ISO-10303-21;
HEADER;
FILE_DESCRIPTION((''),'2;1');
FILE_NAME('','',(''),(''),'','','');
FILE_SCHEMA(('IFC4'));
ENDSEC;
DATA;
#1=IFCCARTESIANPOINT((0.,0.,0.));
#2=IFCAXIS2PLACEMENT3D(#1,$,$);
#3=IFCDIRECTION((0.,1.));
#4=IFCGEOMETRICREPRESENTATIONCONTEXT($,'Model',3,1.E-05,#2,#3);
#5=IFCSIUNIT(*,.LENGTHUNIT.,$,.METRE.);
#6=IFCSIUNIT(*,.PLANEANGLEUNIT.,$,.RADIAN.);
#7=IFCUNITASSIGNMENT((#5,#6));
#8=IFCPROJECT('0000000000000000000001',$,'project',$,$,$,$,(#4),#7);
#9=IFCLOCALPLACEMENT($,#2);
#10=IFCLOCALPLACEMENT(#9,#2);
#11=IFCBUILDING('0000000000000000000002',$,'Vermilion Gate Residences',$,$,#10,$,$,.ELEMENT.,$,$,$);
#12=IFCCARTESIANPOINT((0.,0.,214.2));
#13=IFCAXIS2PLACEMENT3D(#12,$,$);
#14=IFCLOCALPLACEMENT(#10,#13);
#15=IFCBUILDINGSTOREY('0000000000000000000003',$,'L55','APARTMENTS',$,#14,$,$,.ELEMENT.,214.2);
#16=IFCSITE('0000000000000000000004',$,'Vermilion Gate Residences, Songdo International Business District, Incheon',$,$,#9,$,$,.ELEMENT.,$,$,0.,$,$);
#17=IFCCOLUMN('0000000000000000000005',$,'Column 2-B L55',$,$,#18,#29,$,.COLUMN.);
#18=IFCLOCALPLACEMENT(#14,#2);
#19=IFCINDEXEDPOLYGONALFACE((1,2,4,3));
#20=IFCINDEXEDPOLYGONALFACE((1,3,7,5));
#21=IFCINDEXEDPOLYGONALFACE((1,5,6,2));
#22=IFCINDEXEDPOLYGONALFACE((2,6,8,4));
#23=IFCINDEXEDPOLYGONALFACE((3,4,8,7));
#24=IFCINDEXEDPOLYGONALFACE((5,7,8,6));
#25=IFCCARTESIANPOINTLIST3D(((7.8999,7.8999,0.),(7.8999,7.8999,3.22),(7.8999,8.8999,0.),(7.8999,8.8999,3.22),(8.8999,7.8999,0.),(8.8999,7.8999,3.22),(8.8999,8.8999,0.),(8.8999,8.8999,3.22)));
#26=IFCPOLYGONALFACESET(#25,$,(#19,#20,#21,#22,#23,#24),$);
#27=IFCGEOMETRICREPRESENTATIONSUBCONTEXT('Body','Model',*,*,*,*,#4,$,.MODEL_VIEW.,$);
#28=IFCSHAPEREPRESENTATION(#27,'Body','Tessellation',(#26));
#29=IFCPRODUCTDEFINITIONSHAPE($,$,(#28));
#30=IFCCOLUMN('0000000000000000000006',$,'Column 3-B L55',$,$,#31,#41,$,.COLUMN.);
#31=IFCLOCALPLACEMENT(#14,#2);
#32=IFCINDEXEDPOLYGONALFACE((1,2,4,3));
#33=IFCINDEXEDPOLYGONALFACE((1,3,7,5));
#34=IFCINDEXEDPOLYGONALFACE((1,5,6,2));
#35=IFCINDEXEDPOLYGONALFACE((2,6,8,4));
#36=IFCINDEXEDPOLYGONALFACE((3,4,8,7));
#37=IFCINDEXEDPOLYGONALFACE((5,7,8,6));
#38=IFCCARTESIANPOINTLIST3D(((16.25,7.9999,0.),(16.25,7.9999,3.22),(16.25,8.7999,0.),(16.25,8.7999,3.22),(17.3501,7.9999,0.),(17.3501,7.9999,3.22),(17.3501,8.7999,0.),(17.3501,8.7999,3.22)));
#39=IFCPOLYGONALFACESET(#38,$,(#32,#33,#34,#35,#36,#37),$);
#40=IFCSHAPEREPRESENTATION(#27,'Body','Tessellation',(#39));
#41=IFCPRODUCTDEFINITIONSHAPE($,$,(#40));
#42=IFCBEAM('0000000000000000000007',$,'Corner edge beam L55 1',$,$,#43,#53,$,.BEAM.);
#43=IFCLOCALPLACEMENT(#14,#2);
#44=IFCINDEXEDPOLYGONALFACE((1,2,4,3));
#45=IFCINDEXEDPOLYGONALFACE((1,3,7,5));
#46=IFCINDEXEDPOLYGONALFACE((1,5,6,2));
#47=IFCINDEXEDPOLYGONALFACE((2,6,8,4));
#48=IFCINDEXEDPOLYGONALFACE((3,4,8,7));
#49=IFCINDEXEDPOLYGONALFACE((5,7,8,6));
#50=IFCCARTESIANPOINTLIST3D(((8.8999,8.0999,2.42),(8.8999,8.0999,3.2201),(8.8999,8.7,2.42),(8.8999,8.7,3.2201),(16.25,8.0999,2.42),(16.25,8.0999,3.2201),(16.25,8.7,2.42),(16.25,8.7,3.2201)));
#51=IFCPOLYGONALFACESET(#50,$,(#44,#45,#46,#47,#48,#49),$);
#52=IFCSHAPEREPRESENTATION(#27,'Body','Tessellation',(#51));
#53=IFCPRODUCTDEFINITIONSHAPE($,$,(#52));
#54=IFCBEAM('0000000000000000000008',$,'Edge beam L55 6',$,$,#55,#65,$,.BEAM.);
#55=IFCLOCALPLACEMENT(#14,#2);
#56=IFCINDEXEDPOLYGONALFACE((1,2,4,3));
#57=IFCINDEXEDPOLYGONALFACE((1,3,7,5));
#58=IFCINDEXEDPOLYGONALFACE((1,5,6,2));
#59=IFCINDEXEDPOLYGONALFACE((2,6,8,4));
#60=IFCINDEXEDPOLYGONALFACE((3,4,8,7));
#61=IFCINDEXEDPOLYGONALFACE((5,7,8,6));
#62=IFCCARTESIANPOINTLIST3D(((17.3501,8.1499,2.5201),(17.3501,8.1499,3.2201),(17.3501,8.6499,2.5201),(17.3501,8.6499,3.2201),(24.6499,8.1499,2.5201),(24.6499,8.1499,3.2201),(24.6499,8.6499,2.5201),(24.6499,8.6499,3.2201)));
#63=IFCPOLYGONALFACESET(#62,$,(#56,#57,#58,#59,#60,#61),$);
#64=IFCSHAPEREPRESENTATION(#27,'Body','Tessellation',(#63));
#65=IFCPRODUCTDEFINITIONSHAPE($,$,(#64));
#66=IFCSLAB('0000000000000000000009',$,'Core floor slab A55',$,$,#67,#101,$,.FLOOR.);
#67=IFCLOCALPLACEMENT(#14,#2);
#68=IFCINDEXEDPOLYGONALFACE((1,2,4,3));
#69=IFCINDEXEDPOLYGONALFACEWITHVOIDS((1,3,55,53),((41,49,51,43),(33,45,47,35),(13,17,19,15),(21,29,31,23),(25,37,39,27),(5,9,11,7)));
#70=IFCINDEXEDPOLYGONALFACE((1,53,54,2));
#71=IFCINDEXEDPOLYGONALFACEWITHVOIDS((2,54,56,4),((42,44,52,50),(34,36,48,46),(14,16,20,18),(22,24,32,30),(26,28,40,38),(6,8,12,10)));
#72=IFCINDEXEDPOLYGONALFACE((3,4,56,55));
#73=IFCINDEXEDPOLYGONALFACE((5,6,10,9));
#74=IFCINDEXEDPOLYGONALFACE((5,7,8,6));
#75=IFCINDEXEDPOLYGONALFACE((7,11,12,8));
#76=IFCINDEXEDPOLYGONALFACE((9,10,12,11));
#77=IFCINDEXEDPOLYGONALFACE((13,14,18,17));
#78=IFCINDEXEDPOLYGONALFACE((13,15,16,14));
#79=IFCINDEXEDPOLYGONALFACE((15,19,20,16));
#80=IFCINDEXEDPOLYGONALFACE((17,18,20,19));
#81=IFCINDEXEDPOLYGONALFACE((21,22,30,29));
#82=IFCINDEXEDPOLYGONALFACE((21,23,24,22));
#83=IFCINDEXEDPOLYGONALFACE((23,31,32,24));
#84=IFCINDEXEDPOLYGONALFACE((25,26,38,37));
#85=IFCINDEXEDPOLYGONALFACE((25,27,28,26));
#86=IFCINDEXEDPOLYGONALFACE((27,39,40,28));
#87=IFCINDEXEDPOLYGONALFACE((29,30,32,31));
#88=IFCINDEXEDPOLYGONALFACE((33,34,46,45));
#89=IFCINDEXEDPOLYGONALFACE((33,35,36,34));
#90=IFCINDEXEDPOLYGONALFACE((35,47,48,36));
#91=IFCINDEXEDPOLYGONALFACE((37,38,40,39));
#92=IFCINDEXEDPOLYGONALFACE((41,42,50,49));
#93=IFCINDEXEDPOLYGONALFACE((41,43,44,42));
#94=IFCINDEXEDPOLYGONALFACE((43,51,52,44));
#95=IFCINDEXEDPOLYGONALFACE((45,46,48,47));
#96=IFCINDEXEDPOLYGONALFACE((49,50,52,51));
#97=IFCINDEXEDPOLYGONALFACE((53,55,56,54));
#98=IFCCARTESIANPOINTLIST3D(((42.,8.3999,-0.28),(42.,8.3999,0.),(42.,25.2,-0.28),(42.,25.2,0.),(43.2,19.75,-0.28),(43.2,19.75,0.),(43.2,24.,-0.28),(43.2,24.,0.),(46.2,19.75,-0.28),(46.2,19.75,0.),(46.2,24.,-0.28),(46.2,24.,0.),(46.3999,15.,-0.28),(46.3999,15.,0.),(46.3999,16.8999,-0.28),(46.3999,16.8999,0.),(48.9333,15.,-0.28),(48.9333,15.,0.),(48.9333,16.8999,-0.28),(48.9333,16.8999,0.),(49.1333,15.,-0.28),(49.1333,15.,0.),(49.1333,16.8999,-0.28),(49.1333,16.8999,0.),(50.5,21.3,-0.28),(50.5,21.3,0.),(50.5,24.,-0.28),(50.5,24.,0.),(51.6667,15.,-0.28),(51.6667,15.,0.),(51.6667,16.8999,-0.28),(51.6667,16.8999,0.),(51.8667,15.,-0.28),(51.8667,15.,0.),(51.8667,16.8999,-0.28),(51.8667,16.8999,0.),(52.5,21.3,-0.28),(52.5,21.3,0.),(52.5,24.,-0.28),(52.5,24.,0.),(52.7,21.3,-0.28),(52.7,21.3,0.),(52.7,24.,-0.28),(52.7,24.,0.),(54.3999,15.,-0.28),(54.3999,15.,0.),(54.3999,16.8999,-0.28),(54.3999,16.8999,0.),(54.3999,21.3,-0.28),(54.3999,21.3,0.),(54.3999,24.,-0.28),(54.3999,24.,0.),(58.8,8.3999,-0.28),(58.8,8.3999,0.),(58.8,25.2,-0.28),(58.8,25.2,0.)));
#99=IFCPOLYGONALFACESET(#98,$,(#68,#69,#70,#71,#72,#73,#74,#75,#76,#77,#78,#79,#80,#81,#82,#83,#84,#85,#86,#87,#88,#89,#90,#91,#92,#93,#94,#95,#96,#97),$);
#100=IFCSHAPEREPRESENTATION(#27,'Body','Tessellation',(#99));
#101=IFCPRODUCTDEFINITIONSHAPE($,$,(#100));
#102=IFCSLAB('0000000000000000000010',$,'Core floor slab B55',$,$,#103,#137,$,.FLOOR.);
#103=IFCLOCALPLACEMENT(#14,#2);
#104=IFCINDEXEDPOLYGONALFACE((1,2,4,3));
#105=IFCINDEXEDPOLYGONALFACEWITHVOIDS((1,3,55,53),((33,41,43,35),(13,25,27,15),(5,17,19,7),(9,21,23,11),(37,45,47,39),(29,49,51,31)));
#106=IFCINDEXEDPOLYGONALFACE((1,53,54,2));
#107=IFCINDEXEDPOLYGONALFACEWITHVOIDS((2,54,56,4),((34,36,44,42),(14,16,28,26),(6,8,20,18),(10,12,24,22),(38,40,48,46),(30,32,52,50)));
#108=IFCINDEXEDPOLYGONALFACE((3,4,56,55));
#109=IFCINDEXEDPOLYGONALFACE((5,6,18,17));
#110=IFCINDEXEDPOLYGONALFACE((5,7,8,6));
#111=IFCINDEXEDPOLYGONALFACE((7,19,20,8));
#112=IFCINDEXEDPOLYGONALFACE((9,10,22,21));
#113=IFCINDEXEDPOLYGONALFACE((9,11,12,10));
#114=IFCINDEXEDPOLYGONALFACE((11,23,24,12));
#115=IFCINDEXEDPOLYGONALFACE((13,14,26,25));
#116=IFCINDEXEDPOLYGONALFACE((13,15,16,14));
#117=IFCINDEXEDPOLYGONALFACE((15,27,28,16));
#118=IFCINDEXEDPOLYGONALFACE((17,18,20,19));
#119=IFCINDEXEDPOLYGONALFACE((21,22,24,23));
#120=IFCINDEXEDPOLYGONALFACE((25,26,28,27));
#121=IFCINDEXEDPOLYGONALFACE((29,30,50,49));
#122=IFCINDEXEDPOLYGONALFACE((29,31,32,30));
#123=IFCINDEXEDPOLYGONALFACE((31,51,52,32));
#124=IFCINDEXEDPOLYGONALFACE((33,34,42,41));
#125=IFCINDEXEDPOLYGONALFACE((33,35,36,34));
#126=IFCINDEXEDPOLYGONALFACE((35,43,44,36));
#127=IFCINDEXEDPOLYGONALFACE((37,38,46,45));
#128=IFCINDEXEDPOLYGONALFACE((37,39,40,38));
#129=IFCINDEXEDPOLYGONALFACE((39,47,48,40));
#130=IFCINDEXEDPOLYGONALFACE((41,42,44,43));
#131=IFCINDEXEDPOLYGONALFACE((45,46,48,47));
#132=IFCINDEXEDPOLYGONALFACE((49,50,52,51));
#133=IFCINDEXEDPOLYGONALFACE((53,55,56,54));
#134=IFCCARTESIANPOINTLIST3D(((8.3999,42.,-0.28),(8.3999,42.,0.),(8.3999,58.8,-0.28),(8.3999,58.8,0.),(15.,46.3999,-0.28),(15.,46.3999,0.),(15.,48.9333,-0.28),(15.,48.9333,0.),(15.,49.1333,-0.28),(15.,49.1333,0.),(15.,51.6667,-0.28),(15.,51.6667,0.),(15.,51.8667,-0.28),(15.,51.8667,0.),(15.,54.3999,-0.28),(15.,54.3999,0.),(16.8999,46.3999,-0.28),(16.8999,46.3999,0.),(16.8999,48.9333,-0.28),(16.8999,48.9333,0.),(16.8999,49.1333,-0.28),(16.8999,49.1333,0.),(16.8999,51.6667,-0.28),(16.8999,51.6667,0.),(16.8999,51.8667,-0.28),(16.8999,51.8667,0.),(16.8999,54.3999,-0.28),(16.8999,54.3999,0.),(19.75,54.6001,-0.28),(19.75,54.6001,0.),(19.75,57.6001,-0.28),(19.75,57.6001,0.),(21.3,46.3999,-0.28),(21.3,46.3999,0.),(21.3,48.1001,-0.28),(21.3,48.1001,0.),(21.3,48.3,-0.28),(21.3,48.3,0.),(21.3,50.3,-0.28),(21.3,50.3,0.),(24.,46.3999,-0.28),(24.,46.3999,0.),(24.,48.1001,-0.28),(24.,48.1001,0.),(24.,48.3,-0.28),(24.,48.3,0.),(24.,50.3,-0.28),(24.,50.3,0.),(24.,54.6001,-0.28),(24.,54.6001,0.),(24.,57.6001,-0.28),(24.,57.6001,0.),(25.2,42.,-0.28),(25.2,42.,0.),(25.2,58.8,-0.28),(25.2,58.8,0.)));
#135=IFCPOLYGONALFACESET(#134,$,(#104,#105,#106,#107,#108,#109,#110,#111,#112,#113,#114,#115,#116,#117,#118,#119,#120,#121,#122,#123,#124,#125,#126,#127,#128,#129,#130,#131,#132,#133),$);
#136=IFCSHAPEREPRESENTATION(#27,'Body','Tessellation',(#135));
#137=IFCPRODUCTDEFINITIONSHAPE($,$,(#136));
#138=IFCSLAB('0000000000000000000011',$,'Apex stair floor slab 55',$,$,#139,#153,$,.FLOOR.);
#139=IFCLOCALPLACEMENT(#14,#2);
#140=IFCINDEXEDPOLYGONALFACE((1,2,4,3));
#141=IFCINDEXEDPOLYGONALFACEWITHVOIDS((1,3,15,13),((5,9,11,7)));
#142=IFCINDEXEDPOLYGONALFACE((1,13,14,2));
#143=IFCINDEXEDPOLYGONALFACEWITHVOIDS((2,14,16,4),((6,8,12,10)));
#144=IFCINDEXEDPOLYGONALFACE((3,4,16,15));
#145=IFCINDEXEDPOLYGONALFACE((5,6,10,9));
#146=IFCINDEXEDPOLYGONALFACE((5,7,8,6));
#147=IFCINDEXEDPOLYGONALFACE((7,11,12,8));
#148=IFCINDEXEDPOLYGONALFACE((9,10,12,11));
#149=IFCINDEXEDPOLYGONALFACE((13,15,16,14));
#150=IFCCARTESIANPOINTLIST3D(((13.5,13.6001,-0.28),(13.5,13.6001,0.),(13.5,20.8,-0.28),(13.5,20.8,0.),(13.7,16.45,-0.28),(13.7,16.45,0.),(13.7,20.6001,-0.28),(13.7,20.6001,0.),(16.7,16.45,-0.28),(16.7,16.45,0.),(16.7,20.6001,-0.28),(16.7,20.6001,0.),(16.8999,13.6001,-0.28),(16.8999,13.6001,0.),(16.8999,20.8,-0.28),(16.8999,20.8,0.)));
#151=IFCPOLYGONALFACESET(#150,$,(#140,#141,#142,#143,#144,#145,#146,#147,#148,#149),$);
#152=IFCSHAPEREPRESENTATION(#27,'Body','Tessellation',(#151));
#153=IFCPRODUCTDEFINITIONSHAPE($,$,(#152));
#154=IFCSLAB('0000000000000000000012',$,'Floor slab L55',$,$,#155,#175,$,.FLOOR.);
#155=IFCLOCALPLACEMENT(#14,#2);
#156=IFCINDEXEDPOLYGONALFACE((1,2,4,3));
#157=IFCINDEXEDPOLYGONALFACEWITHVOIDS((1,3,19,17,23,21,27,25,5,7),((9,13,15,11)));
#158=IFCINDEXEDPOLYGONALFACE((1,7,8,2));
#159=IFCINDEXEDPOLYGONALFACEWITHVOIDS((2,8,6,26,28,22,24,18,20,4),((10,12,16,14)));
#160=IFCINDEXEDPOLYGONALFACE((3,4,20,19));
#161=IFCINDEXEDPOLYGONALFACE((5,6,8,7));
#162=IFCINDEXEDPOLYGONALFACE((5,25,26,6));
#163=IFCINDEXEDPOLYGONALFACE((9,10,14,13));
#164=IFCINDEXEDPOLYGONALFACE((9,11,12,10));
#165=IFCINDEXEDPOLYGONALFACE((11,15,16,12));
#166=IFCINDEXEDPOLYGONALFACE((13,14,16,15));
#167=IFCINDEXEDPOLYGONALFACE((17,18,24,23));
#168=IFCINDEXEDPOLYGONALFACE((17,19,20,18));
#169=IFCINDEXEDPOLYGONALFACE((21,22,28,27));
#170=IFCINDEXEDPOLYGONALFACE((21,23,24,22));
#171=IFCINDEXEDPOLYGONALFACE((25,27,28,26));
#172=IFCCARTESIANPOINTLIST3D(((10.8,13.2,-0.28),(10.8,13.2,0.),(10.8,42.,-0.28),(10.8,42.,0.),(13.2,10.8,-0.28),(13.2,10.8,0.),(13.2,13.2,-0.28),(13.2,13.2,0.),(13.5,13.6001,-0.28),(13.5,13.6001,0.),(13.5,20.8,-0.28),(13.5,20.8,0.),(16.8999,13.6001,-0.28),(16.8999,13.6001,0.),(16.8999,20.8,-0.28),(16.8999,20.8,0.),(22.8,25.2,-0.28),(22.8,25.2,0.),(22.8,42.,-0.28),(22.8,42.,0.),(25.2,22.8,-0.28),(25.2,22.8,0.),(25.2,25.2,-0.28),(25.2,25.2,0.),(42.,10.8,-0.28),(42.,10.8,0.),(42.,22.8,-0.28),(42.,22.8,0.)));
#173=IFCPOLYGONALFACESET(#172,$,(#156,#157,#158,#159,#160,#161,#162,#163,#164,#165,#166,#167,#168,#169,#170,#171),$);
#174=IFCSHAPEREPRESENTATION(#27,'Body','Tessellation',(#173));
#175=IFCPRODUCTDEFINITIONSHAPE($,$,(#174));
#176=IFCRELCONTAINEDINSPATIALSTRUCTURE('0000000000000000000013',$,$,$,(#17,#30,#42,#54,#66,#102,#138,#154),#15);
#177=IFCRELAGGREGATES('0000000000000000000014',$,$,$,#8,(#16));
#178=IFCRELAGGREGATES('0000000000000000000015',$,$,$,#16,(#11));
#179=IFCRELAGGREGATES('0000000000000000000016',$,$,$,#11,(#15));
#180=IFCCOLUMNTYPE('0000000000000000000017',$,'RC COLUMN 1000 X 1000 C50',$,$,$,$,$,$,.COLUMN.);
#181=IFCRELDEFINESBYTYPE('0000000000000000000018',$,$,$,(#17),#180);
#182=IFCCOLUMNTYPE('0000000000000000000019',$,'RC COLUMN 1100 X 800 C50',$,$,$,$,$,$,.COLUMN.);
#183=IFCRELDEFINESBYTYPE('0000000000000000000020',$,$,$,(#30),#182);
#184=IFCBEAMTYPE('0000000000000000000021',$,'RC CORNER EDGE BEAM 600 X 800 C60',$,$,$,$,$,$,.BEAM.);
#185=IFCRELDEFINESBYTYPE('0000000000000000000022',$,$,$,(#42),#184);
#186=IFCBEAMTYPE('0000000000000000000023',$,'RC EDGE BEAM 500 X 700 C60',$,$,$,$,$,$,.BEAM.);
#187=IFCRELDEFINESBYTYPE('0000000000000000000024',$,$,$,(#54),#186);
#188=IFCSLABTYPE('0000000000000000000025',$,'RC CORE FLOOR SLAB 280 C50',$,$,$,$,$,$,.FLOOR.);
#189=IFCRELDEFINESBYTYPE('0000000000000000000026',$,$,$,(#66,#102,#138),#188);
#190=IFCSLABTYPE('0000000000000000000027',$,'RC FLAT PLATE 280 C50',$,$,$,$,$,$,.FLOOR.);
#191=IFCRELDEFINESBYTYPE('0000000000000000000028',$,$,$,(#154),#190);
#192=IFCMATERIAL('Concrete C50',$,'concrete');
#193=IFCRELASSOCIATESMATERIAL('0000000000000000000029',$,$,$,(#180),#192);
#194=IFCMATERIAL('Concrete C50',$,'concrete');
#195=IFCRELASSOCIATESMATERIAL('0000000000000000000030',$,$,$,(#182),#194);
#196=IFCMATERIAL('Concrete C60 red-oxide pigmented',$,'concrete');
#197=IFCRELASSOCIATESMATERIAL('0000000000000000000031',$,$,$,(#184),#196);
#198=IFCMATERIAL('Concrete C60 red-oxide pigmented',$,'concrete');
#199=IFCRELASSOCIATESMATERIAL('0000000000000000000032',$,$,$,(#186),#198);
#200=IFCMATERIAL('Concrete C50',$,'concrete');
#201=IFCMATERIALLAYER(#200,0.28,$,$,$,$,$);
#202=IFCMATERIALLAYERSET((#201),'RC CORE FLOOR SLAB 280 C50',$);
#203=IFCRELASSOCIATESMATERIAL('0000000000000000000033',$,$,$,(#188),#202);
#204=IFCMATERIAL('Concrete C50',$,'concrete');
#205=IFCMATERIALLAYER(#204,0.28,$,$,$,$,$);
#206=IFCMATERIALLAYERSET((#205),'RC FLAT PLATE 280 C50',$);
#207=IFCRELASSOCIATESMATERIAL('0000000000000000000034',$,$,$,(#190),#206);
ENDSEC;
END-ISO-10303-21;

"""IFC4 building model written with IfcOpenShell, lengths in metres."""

from ifc_helpers import new_model, si_unit, direction, frame, origin, origin_2d, place, context, subcontext, project, spatial, polyline, rectangle, outline, extrude, material, layer, layer_set, material_profile, profile_set, type_object, element, save


model = new_model("IFC4")

# Units and contexts
model_context = context("Model", 3, precision=1e-05, world=origin(), true_north=direction((0.0, 1.0)))
body_context = subcontext(model_context, "Body", "Model", "MODEL_VIEW")
ifc_project = project(units=[si_unit("LENGTHUNIT", "METRE"), si_unit("PLANEANGLEUNIT", "RADIAN")], contexts=[model_context])

# Site, building, storey
site_placement = place(None, origin())
site = spatial("IfcSite", under=ifc_project, at=site_placement, Name="Vermilion Gate Residences, Songdo International Business District, Incheon", CompositionType="ELEMENT", RefElevation=0.0)
building_placement = place(site_placement, origin())
building = spatial("IfcBuilding", under=site, at=building_placement, Name="Vermilion Gate Residences", CompositionType="ELEMENT")
storey_placement = place(building_placement, frame((0.0, 0.0, 214.2)))
storey = spatial("IfcBuildingStorey", under=building, at=storey_placement, Name="L55", Description="APARTMENTS", CompositionType="ELEMENT", Elevation=214.2)

# Columns
ifc_material_1 = material(Name="Concrete C50", Category="concrete")
ifc_material_profile_1 = material_profile(ifc_material_1, rectangle(XDim=1.0, YDim=1.0, at=origin_2d()), Name="RC-1000x1000")
ifc_profile_set_1 = profile_set([ifc_material_profile_1], Name="Concrete C50")
column_type_1 = type_object("IfcColumnType", Name="RC COLUMN 1000 X 1000 C50", PredefinedType="COLUMN", material=ifc_profile_set_1)
column_1_placement = place(storey_placement, frame((8.3999, 8.3999, 0.0), z_axis=(0.0, 0.0, 1.0), x_axis=(1.0, 0.0, 0.0)))
element("IfcColumn", 1, at=column_1_placement, inside=storey, type_object=column_type_1, Name="Column 2-B L55", PredefinedType="COLUMN", context=body_context, shape_type="SweptSolid", body=[
    extrude(rectangle(XDim=1.0, YDim=1.0, at=origin_2d()), origin(), (0.0, 0.0, 1.0), 3.22),
])
ifc_material_2 = material(Name="Concrete C50", Category="concrete")
ifc_material_profile_2 = material_profile(ifc_material_2, rectangle(XDim=1.1001, YDim=0.8, at=origin_2d()), Name="RC-1100x800")
ifc_profile_set_2 = profile_set([ifc_material_profile_2], Name="Concrete C50")
column_type_2 = type_object("IfcColumnType", Name="RC COLUMN 1100 X 800 C50", PredefinedType="COLUMN", material=ifc_profile_set_2)
column_2_placement = place(storey_placement, frame((16.8, 8.3999, 0.0), z_axis=(0.0, 0.0, 1.0), x_axis=(1.0, 0.0, 0.0)))
element("IfcColumn", 2, at=column_2_placement, inside=storey, type_object=column_type_2, Name="Column 3-B L55", PredefinedType="COLUMN", context=body_context, shape_type="SweptSolid", body=[
    extrude(rectangle(XDim=1.1001, YDim=0.8, at=origin_2d()), origin(), (0.0, 0.0, 1.0), 3.22),
])

# Beams
ifc_material_3 = material(Name="Concrete C60 red-oxide pigmented", Category="concrete")
ifc_material_profile_3 = material_profile(ifc_material_3, rectangle(XDim=0.6001, YDim=0.8, at=origin_2d()), Name="RC-600x800")
ifc_profile_set_3 = profile_set([ifc_material_profile_3], Name="Concrete C60 red-oxide pigmented")
beam_type_1 = type_object("IfcBeamType", Name="RC CORNER EDGE BEAM 600 X 800 C60", PredefinedType="BEAM", material=ifc_profile_set_3)
beam_1_placement = place(storey_placement, frame((8.8999, 8.3999, 2.8201), z_axis=(1.0, 0.0, 0.0), x_axis=(0.0, 1.0, 0.0)))
element("IfcBeam", 3, at=beam_1_placement, inside=storey, type_object=beam_type_1, Name="Corner edge beam L55 1", PredefinedType="BEAM", context=body_context, shape_type="SweptSolid", body=[
    extrude(rectangle(XDim=0.6001, YDim=0.8, at=origin_2d()), origin(), (0.0, 0.0, 1.0), 7.3501),
])
ifc_material_4 = material(Name="Concrete C60 red-oxide pigmented", Category="concrete")
ifc_material_profile_4 = material_profile(ifc_material_4, rectangle(XDim=0.5, YDim=0.7, at=origin_2d()), Name="RC-500x700")
ifc_profile_set_4 = profile_set([ifc_material_profile_4], Name="Concrete C60 red-oxide pigmented")
beam_type_2 = type_object("IfcBeamType", Name="RC EDGE BEAM 500 X 700 C60", PredefinedType="BEAM", material=ifc_profile_set_4)
beam_2_placement = place(storey_placement, frame((17.3501, 8.3999, 2.8701), z_axis=(1.0, 0.0, 0.0), x_axis=(0.0, 1.0, 0.0)))
element("IfcBeam", 4, at=beam_2_placement, inside=storey, type_object=beam_type_2, Name="Edge beam L55 6", PredefinedType="BEAM", context=body_context, shape_type="SweptSolid", body=[
    extrude(rectangle(XDim=0.5, YDim=0.7, at=origin_2d()), origin(), (0.0, 0.0, 1.0), 7.2998),
])

# Slabs
ifc_material_5 = material(Name="Concrete C50", Category="concrete")
ifc_layer_1 = layer(ifc_material_5, 0.28)
ifc_layer_set_1 = layer_set([ifc_layer_1], Name="RC CORE FLOOR SLAB 280 C50")
slab_type_1 = type_object("IfcSlabType", Name="RC CORE FLOOR SLAB 280 C50", PredefinedType="FLOOR", material=ifc_layer_set_1)
slab_1_placement = place(storey_placement, frame((0.0, 0.0, -0.28)))
element("IfcSlab", 5, at=slab_1_placement, inside=storey, type_object=slab_type_1, Name="Core floor slab A55", PredefinedType="FLOOR", context=body_context, shape_type="SweptSolid", body=[
    extrude(outline(polyline([(42.0, 8.3999), (58.8, 8.3999), (58.8, 25.2), (42.0, 25.2), (42.0, 8.3999)]), holes=[polyline([(46.3999, 15.0), (46.3999, 16.8999), (48.9333, 16.8999), (48.9333, 15.0), (46.3999, 15.0)]), polyline([(49.1333, 16.8999), (51.6667, 16.8999), (51.6667, 15.0), (49.1333, 15.0), (49.1333, 16.8999)]), polyline([(51.8667, 16.8999), (54.3999, 16.8999), (54.3999, 15.0), (51.8667, 15.0), (51.8667, 16.8999)]), polyline([(43.2, 19.75), (43.2, 24.0), (46.2, 24.0), (46.2, 19.75), (43.2, 19.75)]), polyline([(50.5, 24.0), (52.5, 24.0), (52.5, 21.3), (50.5, 21.3), (50.5, 24.0)]), polyline([(52.7, 24.0), (54.3999, 24.0), (54.3999, 21.3), (52.7, 21.3), (52.7, 24.0)])]), origin(), (0.0, 0.0, 1.0), 0.28),
])
slab_2_placement = place(storey_placement, frame((0.0, 0.0, -0.28)))
element("IfcSlab", 6, at=slab_2_placement, inside=storey, type_object=slab_type_1, Name="Core floor slab B55", PredefinedType="FLOOR", context=body_context, shape_type="SweptSolid", body=[
    extrude(outline(polyline([(8.3999, 42.0), (25.2, 42.0), (25.2, 58.8), (8.3999, 58.8), (8.3999, 42.0)]), holes=[polyline([(21.3, 46.3999), (21.3, 48.1001), (24.0, 48.1001), (24.0, 46.3999), (21.3, 46.3999)]), polyline([(15.0, 48.9333), (16.8999, 48.9333), (16.8999, 46.3999), (15.0, 46.3999), (15.0, 48.9333)]), polyline([(21.3, 50.3), (24.0, 50.3), (24.0, 48.3), (21.3, 48.3), (21.3, 50.3)]), polyline([(15.0, 49.1333), (15.0, 51.6667), (16.8999, 51.6667), (16.8999, 49.1333), (15.0, 49.1333)]), polyline([(15.0, 54.3999), (16.8999, 54.3999), (16.8999, 51.8667), (15.0, 51.8667), (15.0, 54.3999)]), polyline([(19.75, 57.6001), (24.0, 57.6001), (24.0, 54.6001), (19.75, 54.6001), (19.75, 57.6001)])]), origin(), (0.0, 0.0, 1.0), 0.28),
])
slab_3_placement = place(storey_placement, frame((0.0, 0.0, -0.28)))
element("IfcSlab", 7, at=slab_3_placement, inside=storey, type_object=slab_type_1, Name="Apex stair floor slab 55", PredefinedType="FLOOR", context=body_context, shape_type="SweptSolid", body=[
    extrude(outline(polyline([(13.5, 13.6001), (16.8999, 13.6001), (16.8999, 20.8), (13.5, 20.8), (13.5, 13.6001)]), holes=[polyline([(16.7, 20.6001), (16.7, 16.45), (13.7, 16.45), (13.7, 20.6001), (16.7, 20.6001)])]), origin(), (0.0, 0.0, 1.0), 0.28),
])
ifc_material_6 = material(Name="Concrete C50", Category="concrete")
ifc_layer_2 = layer(ifc_material_6, 0.28)
ifc_layer_set_2 = layer_set([ifc_layer_2], Name="RC FLAT PLATE 280 C50")
slab_type_2 = type_object("IfcSlabType", Name="RC FLAT PLATE 280 C50", PredefinedType="FLOOR", material=ifc_layer_set_2)
slab_4_placement = place(storey_placement, frame((0.0, 0.0, -0.28)))
element("IfcSlab", 8, at=slab_4_placement, inside=storey, type_object=slab_type_2, Name="Floor slab L55", PredefinedType="FLOOR", context=body_context, shape_type="SweptSolid", body=[
    extrude(outline(polyline([(22.8, 25.2), (22.8, 42.0), (10.8, 42.0), (10.8, 13.2), (13.2, 13.2), (13.2, 10.8), (42.0, 10.8), (42.0, 22.8), (25.2, 22.8), (25.2, 25.2), (22.8, 25.2)]), holes=[polyline([(13.5, 13.6001), (13.5, 20.8), (16.8999, 20.8), (16.8999, 13.6001), (13.5, 13.6001)])]), origin(), (0.0, 0.0, 1.0), 0.28),
])

save(model, "model.ifc")
